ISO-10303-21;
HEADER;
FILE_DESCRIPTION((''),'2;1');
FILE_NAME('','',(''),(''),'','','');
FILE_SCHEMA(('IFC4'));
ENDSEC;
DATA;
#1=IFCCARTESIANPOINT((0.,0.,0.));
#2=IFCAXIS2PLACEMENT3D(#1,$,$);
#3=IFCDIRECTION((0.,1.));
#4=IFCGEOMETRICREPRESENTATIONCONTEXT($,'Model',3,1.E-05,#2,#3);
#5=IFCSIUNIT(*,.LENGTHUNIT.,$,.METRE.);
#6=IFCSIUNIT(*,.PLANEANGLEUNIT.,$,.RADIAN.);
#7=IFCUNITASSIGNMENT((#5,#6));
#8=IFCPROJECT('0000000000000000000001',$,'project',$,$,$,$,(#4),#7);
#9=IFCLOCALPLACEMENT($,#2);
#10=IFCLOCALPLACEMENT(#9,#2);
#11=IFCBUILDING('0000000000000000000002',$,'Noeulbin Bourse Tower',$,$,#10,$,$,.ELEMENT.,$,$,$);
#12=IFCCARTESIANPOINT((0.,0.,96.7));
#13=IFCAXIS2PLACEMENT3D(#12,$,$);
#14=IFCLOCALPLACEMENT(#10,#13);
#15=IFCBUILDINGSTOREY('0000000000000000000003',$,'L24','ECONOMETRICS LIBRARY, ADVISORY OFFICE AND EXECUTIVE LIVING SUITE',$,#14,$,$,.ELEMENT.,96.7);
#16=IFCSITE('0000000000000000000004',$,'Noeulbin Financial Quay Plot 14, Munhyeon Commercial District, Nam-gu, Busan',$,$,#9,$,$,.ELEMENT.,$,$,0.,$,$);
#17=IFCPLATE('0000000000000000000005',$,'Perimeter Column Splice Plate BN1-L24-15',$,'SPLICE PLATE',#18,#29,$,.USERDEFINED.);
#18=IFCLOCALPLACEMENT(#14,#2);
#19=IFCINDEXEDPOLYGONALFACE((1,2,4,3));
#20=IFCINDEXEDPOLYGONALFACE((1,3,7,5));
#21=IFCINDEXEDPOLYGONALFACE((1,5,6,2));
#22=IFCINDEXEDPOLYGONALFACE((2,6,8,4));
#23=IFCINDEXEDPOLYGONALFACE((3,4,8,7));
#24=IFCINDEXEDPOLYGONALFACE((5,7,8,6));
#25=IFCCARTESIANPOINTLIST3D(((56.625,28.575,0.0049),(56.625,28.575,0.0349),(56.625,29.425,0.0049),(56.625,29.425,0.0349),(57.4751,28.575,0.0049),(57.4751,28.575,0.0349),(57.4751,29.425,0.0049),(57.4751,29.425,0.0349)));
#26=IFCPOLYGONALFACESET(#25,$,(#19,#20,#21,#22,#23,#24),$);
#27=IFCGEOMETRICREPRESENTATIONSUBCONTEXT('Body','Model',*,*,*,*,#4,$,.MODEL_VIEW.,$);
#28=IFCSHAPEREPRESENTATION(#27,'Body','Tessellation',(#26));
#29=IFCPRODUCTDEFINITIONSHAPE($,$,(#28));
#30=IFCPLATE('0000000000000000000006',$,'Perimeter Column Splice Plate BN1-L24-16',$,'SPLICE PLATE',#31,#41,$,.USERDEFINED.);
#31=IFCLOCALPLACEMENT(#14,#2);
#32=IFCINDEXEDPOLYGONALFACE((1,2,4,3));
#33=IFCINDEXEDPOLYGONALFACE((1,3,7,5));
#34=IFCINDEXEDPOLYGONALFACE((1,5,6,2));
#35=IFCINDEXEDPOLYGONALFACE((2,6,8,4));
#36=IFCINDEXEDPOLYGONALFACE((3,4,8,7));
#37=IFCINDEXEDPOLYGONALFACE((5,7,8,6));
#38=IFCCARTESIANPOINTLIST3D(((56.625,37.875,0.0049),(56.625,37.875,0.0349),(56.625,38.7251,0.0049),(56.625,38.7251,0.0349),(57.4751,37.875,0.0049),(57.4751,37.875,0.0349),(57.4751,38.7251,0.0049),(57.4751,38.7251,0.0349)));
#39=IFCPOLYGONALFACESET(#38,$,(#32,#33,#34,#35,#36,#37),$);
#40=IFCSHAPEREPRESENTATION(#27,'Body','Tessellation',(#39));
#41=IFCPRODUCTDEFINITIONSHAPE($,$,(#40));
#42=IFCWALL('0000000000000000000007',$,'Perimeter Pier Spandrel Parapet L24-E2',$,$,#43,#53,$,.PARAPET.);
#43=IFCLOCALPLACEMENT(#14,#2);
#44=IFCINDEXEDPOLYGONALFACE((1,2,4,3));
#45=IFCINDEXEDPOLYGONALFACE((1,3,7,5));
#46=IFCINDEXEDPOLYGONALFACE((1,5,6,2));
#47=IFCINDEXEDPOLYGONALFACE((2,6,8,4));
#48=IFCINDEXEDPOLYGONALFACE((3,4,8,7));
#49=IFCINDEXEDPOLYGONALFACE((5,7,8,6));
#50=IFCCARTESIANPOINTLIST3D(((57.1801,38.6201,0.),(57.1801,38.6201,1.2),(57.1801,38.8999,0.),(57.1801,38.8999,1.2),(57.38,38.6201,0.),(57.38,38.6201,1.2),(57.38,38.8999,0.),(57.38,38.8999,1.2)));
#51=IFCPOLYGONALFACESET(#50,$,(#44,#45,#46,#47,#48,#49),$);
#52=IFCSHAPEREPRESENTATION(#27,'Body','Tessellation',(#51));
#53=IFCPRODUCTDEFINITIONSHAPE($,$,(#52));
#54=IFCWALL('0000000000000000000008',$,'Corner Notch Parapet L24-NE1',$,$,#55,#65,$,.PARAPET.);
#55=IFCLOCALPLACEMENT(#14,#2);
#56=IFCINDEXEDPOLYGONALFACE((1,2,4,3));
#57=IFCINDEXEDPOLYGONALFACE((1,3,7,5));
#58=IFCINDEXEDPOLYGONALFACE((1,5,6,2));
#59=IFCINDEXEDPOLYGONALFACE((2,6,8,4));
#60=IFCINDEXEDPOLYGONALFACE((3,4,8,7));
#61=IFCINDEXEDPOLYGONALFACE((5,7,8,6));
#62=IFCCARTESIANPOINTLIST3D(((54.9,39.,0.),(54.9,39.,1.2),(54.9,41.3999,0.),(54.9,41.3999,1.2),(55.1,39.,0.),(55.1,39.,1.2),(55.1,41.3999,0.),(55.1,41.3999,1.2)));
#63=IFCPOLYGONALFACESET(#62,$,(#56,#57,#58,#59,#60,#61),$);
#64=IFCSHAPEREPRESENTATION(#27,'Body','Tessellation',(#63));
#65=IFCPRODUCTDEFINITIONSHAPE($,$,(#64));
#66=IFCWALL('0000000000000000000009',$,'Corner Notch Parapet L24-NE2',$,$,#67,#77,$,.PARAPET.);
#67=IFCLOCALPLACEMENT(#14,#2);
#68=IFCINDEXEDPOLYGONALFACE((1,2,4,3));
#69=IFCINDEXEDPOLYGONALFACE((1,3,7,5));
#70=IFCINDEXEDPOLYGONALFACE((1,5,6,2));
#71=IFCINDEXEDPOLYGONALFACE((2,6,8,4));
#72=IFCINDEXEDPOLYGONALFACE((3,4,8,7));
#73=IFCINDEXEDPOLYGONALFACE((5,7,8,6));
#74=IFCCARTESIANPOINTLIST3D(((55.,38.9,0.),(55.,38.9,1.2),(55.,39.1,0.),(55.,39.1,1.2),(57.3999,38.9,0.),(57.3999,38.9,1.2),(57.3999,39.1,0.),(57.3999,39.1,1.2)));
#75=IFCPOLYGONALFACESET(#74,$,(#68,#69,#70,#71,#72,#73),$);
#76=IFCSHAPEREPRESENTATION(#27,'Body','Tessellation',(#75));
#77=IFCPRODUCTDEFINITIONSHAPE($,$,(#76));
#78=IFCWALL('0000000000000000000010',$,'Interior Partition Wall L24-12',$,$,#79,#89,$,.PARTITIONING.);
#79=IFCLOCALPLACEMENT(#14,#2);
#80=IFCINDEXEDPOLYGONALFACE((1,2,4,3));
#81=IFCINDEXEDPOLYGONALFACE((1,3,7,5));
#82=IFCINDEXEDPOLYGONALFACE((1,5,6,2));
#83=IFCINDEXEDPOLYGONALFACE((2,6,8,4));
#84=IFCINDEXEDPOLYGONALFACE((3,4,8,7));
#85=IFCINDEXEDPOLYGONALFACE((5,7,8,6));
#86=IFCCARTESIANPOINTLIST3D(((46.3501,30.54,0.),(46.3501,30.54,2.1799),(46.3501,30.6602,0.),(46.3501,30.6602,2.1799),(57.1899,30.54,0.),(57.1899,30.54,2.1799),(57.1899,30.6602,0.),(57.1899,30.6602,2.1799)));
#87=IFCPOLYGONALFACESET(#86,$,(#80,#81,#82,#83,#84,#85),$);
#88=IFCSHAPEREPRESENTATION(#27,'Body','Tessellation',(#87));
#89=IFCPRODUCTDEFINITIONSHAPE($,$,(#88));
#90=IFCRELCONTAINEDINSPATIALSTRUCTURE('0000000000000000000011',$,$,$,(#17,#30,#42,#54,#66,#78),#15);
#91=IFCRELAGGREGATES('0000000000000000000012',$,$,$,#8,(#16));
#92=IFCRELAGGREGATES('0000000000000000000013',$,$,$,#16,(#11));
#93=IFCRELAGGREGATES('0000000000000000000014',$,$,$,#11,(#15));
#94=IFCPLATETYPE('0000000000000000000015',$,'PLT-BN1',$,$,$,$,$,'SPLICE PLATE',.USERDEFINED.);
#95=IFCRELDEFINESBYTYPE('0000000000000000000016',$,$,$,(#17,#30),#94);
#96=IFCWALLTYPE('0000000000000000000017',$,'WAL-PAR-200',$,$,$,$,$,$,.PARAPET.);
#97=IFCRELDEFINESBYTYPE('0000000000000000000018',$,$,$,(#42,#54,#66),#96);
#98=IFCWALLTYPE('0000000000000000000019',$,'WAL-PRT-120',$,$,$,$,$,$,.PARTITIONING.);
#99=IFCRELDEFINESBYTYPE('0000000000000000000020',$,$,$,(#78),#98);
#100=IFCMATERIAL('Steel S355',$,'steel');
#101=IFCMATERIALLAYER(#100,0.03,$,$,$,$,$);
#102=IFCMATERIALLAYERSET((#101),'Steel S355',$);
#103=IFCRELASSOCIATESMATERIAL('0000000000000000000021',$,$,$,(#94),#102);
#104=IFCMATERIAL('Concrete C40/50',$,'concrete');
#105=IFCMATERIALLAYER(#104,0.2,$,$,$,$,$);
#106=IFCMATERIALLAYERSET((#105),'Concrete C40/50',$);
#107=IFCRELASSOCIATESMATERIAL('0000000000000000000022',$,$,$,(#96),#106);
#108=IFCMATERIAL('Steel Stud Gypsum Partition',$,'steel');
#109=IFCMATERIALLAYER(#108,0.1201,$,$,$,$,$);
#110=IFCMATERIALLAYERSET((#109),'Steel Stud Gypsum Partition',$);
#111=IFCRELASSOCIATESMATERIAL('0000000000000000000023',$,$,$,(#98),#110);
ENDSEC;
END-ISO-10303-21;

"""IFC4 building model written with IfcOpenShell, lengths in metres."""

from ifc_helpers import new_model, si_unit, direction, frame, frame_2d, origin, origin_2d, place, context, subcontext, project, spatial, rectangle, extrude, material, layer, layer_set, type_object, element, save


model = new_model("IFC4")

# Units and contexts
model_context = context("Model", 3, precision=1e-05, world=origin(), true_north=direction((0.0, 1.0)))
body_context = subcontext(model_context, "Body", "Model", "MODEL_VIEW")
ifc_project = project(units=[si_unit("LENGTHUNIT", "METRE"), si_unit("PLANEANGLEUNIT", "RADIAN")], contexts=[model_context])

# Site, building, storey
site_placement = place(None, origin())
site = spatial("IfcSite", under=ifc_project, at=site_placement, Name="Noeulbin Financial Quay Plot 14, Munhyeon Commercial District, Nam-gu, Busan", CompositionType="ELEMENT", RefElevation=0.0)
building_placement = place(site_placement, origin())
building = spatial("IfcBuilding", under=site, at=building_placement, Name="Noeulbin Bourse Tower", CompositionType="ELEMENT")
storey_placement = place(building_placement, frame((0.0, 0.0, 96.7)))
storey = spatial("IfcBuildingStorey", under=building, at=storey_placement, Name="L24", Description="ECONOMETRICS LIBRARY, ADVISORY OFFICE AND EXECUTIVE LIVING SUITE", CompositionType="ELEMENT", Elevation=96.7)

# Shared definitions
ifc_material_1 = material(Name="Steel S355", Category="steel")

# Plates
ifc_layer_1 = layer(ifc_material_1, 0.03)
ifc_layer_set_1 = layer_set([ifc_layer_1], Name="Steel S355")
plate_type_1 = type_object("IfcPlateType", Name="PLT-BN1", ElementType="SPLICE PLATE", PredefinedType="USERDEFINED", material=ifc_layer_set_1)
for number, where, z_axis, x_axis, name in (
    (1, (57.05, 29.0, 0.0049), (0.0, 0.0, 1.0), (1.0, 0.0, 0.0), "Perimeter Column Splice Plate BN1-L24-15"),
    (2, (57.05, 38.3, 0.0049), (0.0, 0.0, 1.0), (1.0, 0.0, 0.0), "Perimeter Column Splice Plate BN1-L24-16"),
):
    element("IfcPlate", number, at=place(storey_placement, frame(where, z_axis=z_axis, x_axis=x_axis)), inside=storey, type_object=plate_type_1, Name=name, ObjectType="SPLICE PLATE", PredefinedType="USERDEFINED", context=body_context, shape_type="SweptSolid", body=[
        extrude(rectangle(XDim=0.8501, YDim=0.8501, at=origin_2d()), origin(), (0.0, 0.0, 1.0), 0.03),
    ])

# Walls
ifc_material_2 = material(Name="Concrete C40/50", Category="concrete")
ifc_layer_2 = layer(ifc_material_2, 0.2)
ifc_layer_set_2 = layer_set([ifc_layer_2], Name="Concrete C40/50")
wall_type_1 = type_object("IfcWallType", Name="WAL-PAR-200", PredefinedType="PARAPET", material=ifc_layer_set_2)
wall_1_placement = place(storey_placement, frame((57.28, 38.6201, 0.0), z_axis=(0.0, 0.0, 1.0), x_axis=(0.0, 1.0, 0.0)))
element("IfcWall", 3, at=wall_1_placement, inside=storey, type_object=wall_type_1, Name="Perimeter Pier Spandrel Parapet L24-E2", PredefinedType="PARAPET", context=body_context, shape_type="SweptSolid", body=[
    extrude(rectangle(XDim=0.2798, YDim=0.2, at=frame_2d((0.1399, 0.0))), origin(), (0.0, 0.0, 1.0), 1.2),
])
for number, where, z_axis, x_axis, name in (
    (4, (55.0, 41.3999, 0.0), (0.0, 0.0, 1.0), (0.0, -1.0, 0.0), "Corner Notch Parapet L24-NE1"),
    (5, (55.0, 39.0, 0.0), (0.0, 0.0, 1.0), (1.0, 0.0, 0.0), "Corner Notch Parapet L24-NE2"),
):
    element("IfcWall", number, at=place(storey_placement, frame(where, z_axis=z_axis, x_axis=x_axis)), inside=storey, type_object=wall_type_1, Name=name, PredefinedType="PARAPET", context=body_context, shape_type="SweptSolid", body=[
        extrude(rectangle(XDim=2.3999, YDim=0.2, at=frame_2d((1.2, 0.0))), origin(), (0.0, 0.0, 1.0), 1.2),
    ])
ifc_material_3 = material(Name="Steel Stud Gypsum Partition", Category="steel")
ifc_layer_3 = layer(ifc_material_3, 0.1201)
ifc_layer_set_3 = layer_set([ifc_layer_3], Name="Steel Stud Gypsum Partition")
wall_type_2 = type_object("IfcWallType", Name="WAL-PRT-120", PredefinedType="PARTITIONING", material=ifc_layer_set_3)
wall_2_placement = place(storey_placement, frame((46.3501, 30.6001, 0.0), z_axis=(0.0, 0.0, 1.0), x_axis=(1.0, 0.0, 0.0)))
element("IfcWall", 6, at=wall_2_placement, inside=storey, type_object=wall_type_2, Name="Interior Partition Wall L24-12", PredefinedType="PARTITIONING", context=body_context, shape_type="SweptSolid", body=[
    extrude(rectangle(XDim=10.8398, YDim=0.1201, at=frame_2d((5.4199, 0.0))), origin(), (0.0, 0.0, 1.0), 2.1799),
])

save(model, "model.ifc")
